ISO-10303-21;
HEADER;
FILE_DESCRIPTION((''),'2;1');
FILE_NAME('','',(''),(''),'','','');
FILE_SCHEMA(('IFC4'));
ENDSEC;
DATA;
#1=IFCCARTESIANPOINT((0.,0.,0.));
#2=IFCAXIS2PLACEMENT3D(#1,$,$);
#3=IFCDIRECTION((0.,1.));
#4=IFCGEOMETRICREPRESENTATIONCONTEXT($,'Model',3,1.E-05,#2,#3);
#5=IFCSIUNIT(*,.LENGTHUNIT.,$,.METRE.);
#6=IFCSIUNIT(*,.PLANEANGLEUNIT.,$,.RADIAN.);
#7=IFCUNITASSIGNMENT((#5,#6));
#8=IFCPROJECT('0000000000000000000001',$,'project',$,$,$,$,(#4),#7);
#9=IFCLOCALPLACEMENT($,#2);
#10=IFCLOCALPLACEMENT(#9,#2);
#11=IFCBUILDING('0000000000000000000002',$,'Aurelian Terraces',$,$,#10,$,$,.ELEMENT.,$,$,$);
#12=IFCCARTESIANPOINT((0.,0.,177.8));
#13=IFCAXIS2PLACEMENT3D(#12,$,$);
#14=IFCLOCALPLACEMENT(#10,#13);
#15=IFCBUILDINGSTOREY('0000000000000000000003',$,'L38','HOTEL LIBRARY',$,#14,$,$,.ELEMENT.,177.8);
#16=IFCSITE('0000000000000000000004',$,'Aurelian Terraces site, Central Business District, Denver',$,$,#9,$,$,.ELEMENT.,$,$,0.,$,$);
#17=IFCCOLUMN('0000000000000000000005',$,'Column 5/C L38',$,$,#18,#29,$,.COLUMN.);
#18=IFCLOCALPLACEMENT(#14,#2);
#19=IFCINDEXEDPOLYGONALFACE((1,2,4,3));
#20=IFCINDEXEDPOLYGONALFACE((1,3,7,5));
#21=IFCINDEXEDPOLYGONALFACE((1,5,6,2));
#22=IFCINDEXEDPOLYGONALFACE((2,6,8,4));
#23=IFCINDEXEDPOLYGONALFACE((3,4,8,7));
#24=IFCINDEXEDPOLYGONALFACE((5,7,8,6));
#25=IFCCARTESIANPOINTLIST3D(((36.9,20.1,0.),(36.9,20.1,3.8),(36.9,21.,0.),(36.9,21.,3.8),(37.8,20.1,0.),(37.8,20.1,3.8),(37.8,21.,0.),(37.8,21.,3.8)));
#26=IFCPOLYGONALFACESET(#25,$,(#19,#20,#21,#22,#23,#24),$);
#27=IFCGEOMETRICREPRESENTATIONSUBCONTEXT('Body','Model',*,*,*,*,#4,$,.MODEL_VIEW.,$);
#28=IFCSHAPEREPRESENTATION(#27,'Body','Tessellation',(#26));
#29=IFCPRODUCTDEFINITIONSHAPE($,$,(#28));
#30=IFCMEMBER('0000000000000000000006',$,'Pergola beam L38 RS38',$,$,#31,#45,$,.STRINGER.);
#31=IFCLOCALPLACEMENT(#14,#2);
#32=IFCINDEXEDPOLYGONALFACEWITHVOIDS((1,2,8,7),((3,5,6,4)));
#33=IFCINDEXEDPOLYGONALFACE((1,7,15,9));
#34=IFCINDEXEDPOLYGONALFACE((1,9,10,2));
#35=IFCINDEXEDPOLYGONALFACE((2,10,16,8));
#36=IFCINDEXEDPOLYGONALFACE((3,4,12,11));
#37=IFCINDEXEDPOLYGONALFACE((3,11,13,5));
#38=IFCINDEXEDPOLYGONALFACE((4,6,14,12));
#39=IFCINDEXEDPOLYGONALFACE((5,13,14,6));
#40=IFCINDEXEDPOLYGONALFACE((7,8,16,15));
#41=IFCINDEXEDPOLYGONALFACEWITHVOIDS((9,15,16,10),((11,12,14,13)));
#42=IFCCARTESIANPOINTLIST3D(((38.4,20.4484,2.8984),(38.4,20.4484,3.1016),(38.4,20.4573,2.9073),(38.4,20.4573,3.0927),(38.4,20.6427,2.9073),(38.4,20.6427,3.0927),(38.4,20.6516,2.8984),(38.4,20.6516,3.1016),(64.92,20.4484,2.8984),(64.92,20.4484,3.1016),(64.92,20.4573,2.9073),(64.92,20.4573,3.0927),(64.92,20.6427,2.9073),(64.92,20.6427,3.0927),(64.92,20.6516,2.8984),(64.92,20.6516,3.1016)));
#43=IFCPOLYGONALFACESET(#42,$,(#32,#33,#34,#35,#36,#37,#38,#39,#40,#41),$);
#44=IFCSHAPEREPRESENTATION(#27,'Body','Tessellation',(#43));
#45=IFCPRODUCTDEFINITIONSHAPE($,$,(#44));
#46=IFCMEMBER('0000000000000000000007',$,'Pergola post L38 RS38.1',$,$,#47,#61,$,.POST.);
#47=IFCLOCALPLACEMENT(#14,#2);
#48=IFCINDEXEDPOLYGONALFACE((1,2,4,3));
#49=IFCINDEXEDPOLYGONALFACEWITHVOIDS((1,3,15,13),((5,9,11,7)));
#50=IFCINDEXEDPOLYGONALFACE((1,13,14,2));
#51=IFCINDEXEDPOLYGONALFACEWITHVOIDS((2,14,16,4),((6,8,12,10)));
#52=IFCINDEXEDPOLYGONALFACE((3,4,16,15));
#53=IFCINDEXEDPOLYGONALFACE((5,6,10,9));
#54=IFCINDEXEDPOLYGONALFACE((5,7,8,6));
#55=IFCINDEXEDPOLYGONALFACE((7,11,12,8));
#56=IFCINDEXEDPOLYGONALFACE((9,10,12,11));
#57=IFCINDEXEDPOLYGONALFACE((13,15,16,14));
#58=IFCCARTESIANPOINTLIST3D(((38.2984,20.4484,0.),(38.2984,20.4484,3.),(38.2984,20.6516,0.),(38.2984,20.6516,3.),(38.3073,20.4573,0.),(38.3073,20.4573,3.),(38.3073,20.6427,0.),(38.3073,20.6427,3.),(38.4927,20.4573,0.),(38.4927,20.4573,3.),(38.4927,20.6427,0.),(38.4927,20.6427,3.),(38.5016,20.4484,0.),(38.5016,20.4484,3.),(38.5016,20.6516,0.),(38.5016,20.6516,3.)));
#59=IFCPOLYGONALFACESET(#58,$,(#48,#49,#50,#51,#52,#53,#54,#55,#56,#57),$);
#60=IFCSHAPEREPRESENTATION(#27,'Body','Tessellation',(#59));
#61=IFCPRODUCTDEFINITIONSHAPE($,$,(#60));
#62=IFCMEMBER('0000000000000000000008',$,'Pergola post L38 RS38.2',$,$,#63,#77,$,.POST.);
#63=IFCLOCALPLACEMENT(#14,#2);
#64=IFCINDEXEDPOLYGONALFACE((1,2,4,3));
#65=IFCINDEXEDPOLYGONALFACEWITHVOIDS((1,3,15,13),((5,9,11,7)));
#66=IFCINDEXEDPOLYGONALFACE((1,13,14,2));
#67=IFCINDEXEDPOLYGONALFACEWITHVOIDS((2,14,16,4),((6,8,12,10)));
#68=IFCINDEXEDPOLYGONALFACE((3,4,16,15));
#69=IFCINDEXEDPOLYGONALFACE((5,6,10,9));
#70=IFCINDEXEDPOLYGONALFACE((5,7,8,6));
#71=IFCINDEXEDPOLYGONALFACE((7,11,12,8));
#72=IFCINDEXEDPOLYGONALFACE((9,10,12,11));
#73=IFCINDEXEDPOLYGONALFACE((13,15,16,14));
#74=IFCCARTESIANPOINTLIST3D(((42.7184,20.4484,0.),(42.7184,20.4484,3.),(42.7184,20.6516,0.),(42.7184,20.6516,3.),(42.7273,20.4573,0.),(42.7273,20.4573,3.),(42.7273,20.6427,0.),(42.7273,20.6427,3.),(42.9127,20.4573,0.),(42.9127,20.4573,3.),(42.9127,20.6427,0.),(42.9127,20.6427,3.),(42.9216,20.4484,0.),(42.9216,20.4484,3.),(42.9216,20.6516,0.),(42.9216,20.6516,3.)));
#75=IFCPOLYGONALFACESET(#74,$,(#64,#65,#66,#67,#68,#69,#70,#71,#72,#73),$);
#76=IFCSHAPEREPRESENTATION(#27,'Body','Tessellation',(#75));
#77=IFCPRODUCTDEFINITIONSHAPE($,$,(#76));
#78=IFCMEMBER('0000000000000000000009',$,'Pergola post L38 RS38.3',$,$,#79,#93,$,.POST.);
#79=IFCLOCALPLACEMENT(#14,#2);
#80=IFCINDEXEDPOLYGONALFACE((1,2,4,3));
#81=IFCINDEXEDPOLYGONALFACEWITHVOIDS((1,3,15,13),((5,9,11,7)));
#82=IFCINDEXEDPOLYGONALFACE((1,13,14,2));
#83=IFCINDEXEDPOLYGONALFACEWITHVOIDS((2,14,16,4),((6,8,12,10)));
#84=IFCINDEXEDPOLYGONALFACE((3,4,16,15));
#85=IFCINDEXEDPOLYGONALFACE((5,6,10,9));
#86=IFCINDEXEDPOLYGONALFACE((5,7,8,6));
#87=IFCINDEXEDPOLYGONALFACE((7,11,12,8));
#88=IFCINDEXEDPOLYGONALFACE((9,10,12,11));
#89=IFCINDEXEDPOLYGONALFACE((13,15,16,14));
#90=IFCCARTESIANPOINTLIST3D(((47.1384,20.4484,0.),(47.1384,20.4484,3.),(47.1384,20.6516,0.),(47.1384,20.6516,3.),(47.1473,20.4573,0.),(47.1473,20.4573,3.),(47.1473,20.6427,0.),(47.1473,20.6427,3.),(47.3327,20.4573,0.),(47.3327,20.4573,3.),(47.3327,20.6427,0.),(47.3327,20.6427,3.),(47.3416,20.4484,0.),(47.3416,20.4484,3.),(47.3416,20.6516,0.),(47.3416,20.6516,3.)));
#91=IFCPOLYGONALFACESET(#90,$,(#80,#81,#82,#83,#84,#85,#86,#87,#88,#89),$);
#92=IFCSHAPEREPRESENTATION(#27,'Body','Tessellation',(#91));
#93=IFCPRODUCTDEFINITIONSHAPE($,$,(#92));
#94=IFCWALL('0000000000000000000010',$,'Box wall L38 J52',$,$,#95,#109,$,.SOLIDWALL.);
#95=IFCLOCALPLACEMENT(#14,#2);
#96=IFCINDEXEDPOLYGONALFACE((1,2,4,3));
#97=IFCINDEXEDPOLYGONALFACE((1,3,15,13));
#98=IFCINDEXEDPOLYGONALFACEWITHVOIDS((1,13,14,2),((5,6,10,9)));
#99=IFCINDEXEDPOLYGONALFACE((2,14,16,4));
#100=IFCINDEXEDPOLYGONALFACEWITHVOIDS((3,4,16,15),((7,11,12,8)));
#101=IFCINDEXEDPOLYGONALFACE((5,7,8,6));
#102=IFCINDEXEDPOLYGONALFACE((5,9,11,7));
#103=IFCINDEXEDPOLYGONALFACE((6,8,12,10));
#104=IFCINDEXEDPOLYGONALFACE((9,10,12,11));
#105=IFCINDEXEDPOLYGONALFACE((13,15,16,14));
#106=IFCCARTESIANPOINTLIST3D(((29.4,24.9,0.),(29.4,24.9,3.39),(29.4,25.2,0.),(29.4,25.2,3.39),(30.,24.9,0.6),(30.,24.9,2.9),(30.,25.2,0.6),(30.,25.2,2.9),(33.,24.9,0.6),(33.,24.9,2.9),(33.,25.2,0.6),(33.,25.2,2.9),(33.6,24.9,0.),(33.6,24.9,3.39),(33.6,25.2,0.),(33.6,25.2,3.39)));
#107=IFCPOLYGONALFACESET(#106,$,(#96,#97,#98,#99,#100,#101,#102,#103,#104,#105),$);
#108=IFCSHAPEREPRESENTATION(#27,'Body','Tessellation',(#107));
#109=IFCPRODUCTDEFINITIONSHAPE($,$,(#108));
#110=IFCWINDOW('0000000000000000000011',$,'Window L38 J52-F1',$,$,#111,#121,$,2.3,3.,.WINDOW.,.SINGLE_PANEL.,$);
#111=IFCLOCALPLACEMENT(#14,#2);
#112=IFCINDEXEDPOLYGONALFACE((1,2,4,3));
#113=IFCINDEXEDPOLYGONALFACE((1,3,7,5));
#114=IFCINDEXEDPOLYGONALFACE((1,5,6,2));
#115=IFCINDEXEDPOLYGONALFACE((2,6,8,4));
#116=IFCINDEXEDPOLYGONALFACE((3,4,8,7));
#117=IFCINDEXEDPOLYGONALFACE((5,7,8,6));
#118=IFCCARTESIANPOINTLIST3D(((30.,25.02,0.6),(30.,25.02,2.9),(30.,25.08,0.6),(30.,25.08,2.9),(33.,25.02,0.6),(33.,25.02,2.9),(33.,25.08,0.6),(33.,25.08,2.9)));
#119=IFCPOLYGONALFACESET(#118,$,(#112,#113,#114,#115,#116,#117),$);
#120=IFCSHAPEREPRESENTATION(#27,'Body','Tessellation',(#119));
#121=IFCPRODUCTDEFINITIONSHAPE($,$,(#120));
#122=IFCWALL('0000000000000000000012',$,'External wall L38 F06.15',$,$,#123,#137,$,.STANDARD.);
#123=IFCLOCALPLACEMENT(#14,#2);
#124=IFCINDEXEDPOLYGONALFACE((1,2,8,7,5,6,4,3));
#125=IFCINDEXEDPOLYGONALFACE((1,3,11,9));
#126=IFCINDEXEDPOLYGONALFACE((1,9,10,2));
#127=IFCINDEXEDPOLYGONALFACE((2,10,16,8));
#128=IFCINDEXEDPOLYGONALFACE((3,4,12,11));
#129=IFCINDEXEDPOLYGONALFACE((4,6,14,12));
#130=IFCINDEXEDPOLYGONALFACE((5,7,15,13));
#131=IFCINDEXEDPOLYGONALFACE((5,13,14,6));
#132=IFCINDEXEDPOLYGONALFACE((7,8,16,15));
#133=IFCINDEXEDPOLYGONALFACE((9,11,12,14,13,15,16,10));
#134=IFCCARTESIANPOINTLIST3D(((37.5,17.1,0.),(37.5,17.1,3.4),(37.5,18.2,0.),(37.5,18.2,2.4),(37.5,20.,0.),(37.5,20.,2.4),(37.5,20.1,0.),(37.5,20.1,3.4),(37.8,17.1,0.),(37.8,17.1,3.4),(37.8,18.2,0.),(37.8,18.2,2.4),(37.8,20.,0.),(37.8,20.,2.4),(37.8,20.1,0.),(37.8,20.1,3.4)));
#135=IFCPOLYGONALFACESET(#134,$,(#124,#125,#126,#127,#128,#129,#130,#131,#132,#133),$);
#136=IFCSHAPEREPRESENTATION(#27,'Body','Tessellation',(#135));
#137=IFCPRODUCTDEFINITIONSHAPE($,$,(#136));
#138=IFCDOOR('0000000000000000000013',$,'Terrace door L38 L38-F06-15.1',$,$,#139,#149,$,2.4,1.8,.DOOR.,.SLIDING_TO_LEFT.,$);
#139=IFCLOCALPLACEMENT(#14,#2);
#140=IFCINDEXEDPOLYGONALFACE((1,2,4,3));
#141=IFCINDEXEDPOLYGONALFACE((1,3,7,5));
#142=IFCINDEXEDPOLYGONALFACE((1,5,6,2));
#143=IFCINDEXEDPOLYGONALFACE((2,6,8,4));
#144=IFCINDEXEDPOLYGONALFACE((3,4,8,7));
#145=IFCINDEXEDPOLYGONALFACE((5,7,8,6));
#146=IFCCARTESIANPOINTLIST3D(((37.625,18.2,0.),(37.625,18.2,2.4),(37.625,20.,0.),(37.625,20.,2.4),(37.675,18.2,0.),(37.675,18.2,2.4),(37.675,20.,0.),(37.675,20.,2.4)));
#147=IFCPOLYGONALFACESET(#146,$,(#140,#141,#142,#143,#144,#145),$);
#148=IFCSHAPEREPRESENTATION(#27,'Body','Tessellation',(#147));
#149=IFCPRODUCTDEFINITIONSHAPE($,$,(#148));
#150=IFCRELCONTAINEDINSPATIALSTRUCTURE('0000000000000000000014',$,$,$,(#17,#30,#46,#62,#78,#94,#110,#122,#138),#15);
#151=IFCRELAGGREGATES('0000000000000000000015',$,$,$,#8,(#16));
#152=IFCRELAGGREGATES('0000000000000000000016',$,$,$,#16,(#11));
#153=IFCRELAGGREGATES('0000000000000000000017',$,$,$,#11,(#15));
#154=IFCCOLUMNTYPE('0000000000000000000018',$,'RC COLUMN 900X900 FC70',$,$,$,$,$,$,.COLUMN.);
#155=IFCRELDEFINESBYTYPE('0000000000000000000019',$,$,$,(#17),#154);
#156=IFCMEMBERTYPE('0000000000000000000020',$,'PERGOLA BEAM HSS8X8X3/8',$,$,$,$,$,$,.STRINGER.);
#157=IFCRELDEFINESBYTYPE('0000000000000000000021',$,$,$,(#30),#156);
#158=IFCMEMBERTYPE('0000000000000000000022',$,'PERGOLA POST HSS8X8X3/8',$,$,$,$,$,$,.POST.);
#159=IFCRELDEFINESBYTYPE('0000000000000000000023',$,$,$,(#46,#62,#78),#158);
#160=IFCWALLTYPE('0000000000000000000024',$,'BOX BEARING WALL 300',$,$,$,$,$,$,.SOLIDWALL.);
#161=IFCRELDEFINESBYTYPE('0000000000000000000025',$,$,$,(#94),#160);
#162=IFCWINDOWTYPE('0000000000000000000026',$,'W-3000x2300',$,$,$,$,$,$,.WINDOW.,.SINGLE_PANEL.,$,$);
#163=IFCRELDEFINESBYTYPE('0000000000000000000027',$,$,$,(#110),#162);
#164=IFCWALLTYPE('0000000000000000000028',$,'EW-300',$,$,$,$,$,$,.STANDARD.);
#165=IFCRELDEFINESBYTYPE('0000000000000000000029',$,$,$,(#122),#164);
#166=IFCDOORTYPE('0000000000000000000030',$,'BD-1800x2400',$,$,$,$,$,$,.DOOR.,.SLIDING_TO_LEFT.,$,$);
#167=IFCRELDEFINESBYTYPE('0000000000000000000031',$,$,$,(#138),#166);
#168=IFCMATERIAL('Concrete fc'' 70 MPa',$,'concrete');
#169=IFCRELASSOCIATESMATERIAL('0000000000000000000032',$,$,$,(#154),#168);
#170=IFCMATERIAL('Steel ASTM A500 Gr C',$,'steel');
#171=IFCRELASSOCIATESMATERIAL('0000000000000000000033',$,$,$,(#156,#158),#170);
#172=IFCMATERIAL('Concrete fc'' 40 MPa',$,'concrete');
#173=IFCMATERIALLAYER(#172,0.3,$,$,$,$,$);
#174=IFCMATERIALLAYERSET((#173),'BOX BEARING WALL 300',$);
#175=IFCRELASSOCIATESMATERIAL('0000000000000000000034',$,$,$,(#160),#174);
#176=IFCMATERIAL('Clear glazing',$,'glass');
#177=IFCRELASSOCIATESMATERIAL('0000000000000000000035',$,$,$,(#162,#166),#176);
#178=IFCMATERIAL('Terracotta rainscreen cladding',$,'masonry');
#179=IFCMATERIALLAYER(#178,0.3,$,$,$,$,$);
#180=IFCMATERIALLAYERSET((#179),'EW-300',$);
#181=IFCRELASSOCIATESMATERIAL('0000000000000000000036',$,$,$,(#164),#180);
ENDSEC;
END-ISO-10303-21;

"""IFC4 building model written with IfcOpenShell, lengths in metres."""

from ifc_helpers import new_model, si_unit, direction, frame, frame_2d, origin, origin_2d, place, context, subcontext, project, spatial, rectangle, hollow_rectangle, extrude, source, transform, mapped, material, layer, layer_set, material_profile, profile_set, type_object, element, fill, save


model = new_model("IFC4")

# Units and contexts
model_context = context("Model", 3, precision=1e-05, world=origin(), true_north=direction((0.0, 1.0)))
body_context = subcontext(model_context, "Body", "Model", "MODEL_VIEW")
ifc_project = project(units=[si_unit("LENGTHUNIT", "METRE"), si_unit("PLANEANGLEUNIT", "RADIAN")], contexts=[model_context])

# Site, building, storey
site_placement = place(None, origin())
site = spatial("IfcSite", under=ifc_project, at=site_placement, Name="Aurelian Terraces site, Central Business District, Denver", CompositionType="ELEMENT", RefElevation=0.0)
building_placement = place(site_placement, origin())
building = spatial("IfcBuilding", under=site, at=building_placement, Name="Aurelian Terraces", CompositionType="ELEMENT")
storey_placement = place(building_placement, frame((0.0, 0.0, 177.8)))
storey = spatial("IfcBuildingStorey", under=building, at=storey_placement, Name="L38", Description="HOTEL LIBRARY", CompositionType="ELEMENT", Elevation=177.8)

# Column
ifc_material_1 = material(Name="Concrete fc' 70 MPa", Category="concrete")
ifc_material_profile_1 = material_profile(ifc_material_1, rectangle(XDim=0.9, YDim=0.9, at=origin_2d()))
ifc_profile_set_1 = profile_set([ifc_material_profile_1], Name="Concrete fc' 70 MPa")
column_type = type_object("IfcColumnType", Name="RC COLUMN 900X900 FC70", PredefinedType="COLUMN", material=ifc_profile_set_1)
shared_shape_1 = source(origin(), body_context, "Body", "SweptSolid", [
    extrude(rectangle(XDim=0.9, YDim=0.9, at=origin_2d()), origin(), (0.0, 0.0, 1.0), 3.8),
])
column_placement = place(storey_placement, frame((37.35, 20.55, 0.0), z_axis=(0.0, 0.0, 1.0), x_axis=(1.0, 0.0, 0.0)))
element("IfcColumn", 1, at=column_placement, inside=storey, type_object=column_type, Name="Column 5/C L38", PredefinedType="COLUMN", context=body_context, shape_type="MappedRepresentation", body=[
    mapped(shared_shape_1, transform((0.0, 0.0, 0.0), scale=1.0)),
])

# Members
ifc_material_2 = material(Name="Steel ASTM A500 Gr C", Category="steel")
ifc_material_profile_2 = material_profile(ifc_material_2, hollow_rectangle(XDim=0.2032, YDim=0.2032, WallThickness=0.0089, at=origin_2d()))
ifc_profile_set_2 = profile_set([ifc_material_profile_2], Name="Steel ASTM A500 Gr C")
member_type_1 = type_object("IfcMemberType", Name="PERGOLA BEAM HSS8X8X3/8", PredefinedType="STRINGER", material=ifc_profile_set_2)
member_placement = place(storey_placement, frame((38.4, 20.55, 3.0), z_axis=(1.0, 0.0, 0.0), x_axis=(0.0, 1.0, 0.0)))
element("IfcMember", 2, at=member_placement, inside=storey, type_object=member_type_1, Name="Pergola beam L38 RS38", PredefinedType="STRINGER", context=body_context, shape_type="SweptSolid", body=[
    extrude(hollow_rectangle(XDim=0.2032, YDim=0.2032, WallThickness=0.0089, at=origin_2d()), origin(), (0.0, 0.0, 1.0), 26.52),
])
ifc_material_profile_3 = material_profile(ifc_material_2, hollow_rectangle(XDim=0.2032, YDim=0.2032, WallThickness=0.0089, at=origin_2d()))
ifc_profile_set_3 = profile_set([ifc_material_profile_3], Name="Steel ASTM A500 Gr C")
member_type_2 = type_object("IfcMemberType", Name="PERGOLA POST HSS8X8X3/8", PredefinedType="POST", material=ifc_profile_set_3)
shared_shape_2 = source(origin(), body_context, "Body", "SweptSolid", [
    extrude(hollow_rectangle(XDim=0.2032, YDim=0.2032, WallThickness=0.0089, at=origin_2d()), origin(), (0.0, 0.0, 1.0), 3.0),
])
for number, where, z_axis, x_axis, name in (
    (3, (38.4, 20.55, 0.0), (0.0, 0.0, 1.0), (1.0, 0.0, 0.0), "Pergola post L38 RS38.1"),
    (4, (42.82, 20.55, 0.0), (0.0, 0.0, 1.0), (1.0, 0.0, 0.0), "Pergola post L38 RS38.2"),
    (5, (47.24, 20.55, 0.0), (0.0, 0.0, 1.0), (1.0, 0.0, 0.0), "Pergola post L38 RS38.3"),
):
    element("IfcMember", number, at=place(storey_placement, frame(where, z_axis=z_axis, x_axis=x_axis)), inside=storey, type_object=member_type_2, Name=name, PredefinedType="POST", context=body_context, shape_type="MappedRepresentation", body=[
        mapped(shared_shape_2, transform((0.0, 0.0, 0.0), scale=1.0)),
    ])

# Wall, opening, window
ifc_material_3 = material(Name="Concrete fc' 40 MPa", Category="concrete")
ifc_layer_1 = layer(ifc_material_3, 0.3)
ifc_layer_set_1 = layer_set([ifc_layer_1], Name="BOX BEARING WALL 300")
wall_type_1 = type_object("IfcWallType", Name="BOX BEARING WALL 300", PredefinedType="SOLIDWALL", material=ifc_layer_set_1)
wall_1_placement = place(storey_placement, frame((33.6, 25.05, 0.0), z_axis=(0.0, 0.0, 1.0), x_axis=(-1.0, 0.0, 0.0)))
wall_1 = element("IfcWall", 6, at=wall_1_placement, inside=storey, type_object=wall_type_1, Name="Box wall L38 J52", PredefinedType="SOLIDWALL", context=body_context, shape_type="SweptSolid", body=[
    extrude(rectangle(XDim=4.2, YDim=0.3, at=frame_2d((2.1, 0.0))), origin(), (0.0, 0.0, 1.0), 3.39),
])
shared_shape_3 = source(origin(), body_context, "Body", "SweptSolid", [
    extrude(rectangle(XDim=3.0, YDim=2.3, at=frame_2d((1.5, 1.15))), frame((0.0, 0.16, 0.0), z_axis=(0.0, -1.0, 0.0), x_axis=(1.0, 0.0, 0.0)), (0.0, 0.0, 1.0), 0.32),
])
opening_1_placement = place(wall_1_placement, frame((0.6, 0.0, 0.6)))
opening_1 = element("IfcOpeningElement", 7, at=opening_1_placement, cuts=wall_1, PredefinedType="OPENING", context=body_context, shape_type="MappedRepresentation", body=[
    mapped(shared_shape_3, transform((0.0, 0.0, 0.0), scale=1.0)),
])
ifc_material_4 = material(Name="Clear glazing", Category="glass")
window_type_1 = type_object("IfcWindowType", Name="W-3000x2300", PartitioningType="SINGLE_PANEL", PredefinedType="WINDOW", material=ifc_material_4)
shared_shape_4 = source(origin(), body_context, "Body", "SweptSolid", [
    extrude(rectangle(XDim=3.0, YDim=2.3, at=frame_2d((1.5, 1.15))), frame((0.0, 0.03, 0.0), z_axis=(0.0, -1.0, 0.0), x_axis=(1.0, 0.0, 0.0)), (0.0, 0.0, 1.0), 0.06),
])
window_1_placement = place(opening_1_placement, origin())
window_1 = element("IfcWindow", 8, at=window_1_placement, inside=storey, type_object=window_type_1, Name="Window L38 J52-F1", OverallHeight=2.3, OverallWidth=3.0, PartitioningType="SINGLE_PANEL", PredefinedType="WINDOW", context=body_context, shape_type="MappedRepresentation", body=[
    mapped(shared_shape_4, transform((0.0, 0.0, 0.0), scale=1.0)),
])
fill(opening_1, window_1)

# Wall, opening, door
ifc_material_5 = material(Name="Terracotta rainscreen cladding", Category="masonry")
ifc_layer_2 = layer(ifc_material_5, 0.3)
ifc_layer_set_2 = layer_set([ifc_layer_2], Name="EW-300")
wall_type_2 = type_object("IfcWallType", Name="EW-300", PredefinedType="STANDARD", material=ifc_layer_set_2)
wall_2_placement = place(storey_placement, frame((37.65, 17.1, 0.0), z_axis=(0.0, 0.0, 1.0), x_axis=(0.0, 1.0, 0.0)))
wall_2 = element("IfcWall", 9, at=wall_2_placement, inside=storey, type_object=wall_type_2, Name="External wall L38 F06.15", PredefinedType="STANDARD", context=body_context, shape_type="SweptSolid", body=[
    extrude(rectangle(XDim=3.0, YDim=0.3, at=frame_2d((1.5, 0.0))), origin(), (0.0, 0.0, 1.0), 3.4),
])
shared_shape_5 = source(origin(), body_context, "Body", "SweptSolid", [
    extrude(rectangle(XDim=1.8, YDim=2.4, at=frame_2d((0.9, 1.2))), frame((0.0, 0.16, 0.0), z_axis=(0.0, -1.0, 0.0), x_axis=(1.0, 0.0, 0.0)), (0.0, 0.0, 1.0), 0.32),
])
opening_2_placement = place(wall_2_placement, frame((1.1, 0.0, 0.0)))
opening_2 = element("IfcOpeningElement", 10, at=opening_2_placement, cuts=wall_2, PredefinedType="OPENING", context=body_context, shape_type="MappedRepresentation", body=[
    mapped(shared_shape_5, transform((0.0, 0.0, 0.0), scale=1.0)),
])
door_type_1 = type_object("IfcDoorType", Name="BD-1800x2400", OperationType="SLIDING_TO_LEFT", PredefinedType="DOOR", material=ifc_material_4)
shared_shape_6 = source(origin(), body_context, "Body", "SweptSolid", [
    extrude(rectangle(XDim=1.8, YDim=2.4, at=frame_2d((0.9, 1.2))), frame((0.0, 0.025, 0.0), z_axis=(0.0, -1.0, 0.0), x_axis=(1.0, 0.0, 0.0)), (0.0, 0.0, 1.0), 0.05),
])
door_1_placement = place(opening_2_placement, origin())
door_1 = element("IfcDoor", 11, at=door_1_placement, inside=storey, type_object=door_type_1, Name="Terrace door L38 L38-F06-15.1", OperationType="SLIDING_TO_LEFT", OverallHeight=2.4, OverallWidth=1.8, PredefinedType="DOOR", context=body_context, shape_type="MappedRepresentation", body=[
    mapped(shared_shape_6, transform((0.0, 0.0, 0.0), scale=1.0)),
])
fill(opening_2, door_1)

save(model, "model.ifc")
